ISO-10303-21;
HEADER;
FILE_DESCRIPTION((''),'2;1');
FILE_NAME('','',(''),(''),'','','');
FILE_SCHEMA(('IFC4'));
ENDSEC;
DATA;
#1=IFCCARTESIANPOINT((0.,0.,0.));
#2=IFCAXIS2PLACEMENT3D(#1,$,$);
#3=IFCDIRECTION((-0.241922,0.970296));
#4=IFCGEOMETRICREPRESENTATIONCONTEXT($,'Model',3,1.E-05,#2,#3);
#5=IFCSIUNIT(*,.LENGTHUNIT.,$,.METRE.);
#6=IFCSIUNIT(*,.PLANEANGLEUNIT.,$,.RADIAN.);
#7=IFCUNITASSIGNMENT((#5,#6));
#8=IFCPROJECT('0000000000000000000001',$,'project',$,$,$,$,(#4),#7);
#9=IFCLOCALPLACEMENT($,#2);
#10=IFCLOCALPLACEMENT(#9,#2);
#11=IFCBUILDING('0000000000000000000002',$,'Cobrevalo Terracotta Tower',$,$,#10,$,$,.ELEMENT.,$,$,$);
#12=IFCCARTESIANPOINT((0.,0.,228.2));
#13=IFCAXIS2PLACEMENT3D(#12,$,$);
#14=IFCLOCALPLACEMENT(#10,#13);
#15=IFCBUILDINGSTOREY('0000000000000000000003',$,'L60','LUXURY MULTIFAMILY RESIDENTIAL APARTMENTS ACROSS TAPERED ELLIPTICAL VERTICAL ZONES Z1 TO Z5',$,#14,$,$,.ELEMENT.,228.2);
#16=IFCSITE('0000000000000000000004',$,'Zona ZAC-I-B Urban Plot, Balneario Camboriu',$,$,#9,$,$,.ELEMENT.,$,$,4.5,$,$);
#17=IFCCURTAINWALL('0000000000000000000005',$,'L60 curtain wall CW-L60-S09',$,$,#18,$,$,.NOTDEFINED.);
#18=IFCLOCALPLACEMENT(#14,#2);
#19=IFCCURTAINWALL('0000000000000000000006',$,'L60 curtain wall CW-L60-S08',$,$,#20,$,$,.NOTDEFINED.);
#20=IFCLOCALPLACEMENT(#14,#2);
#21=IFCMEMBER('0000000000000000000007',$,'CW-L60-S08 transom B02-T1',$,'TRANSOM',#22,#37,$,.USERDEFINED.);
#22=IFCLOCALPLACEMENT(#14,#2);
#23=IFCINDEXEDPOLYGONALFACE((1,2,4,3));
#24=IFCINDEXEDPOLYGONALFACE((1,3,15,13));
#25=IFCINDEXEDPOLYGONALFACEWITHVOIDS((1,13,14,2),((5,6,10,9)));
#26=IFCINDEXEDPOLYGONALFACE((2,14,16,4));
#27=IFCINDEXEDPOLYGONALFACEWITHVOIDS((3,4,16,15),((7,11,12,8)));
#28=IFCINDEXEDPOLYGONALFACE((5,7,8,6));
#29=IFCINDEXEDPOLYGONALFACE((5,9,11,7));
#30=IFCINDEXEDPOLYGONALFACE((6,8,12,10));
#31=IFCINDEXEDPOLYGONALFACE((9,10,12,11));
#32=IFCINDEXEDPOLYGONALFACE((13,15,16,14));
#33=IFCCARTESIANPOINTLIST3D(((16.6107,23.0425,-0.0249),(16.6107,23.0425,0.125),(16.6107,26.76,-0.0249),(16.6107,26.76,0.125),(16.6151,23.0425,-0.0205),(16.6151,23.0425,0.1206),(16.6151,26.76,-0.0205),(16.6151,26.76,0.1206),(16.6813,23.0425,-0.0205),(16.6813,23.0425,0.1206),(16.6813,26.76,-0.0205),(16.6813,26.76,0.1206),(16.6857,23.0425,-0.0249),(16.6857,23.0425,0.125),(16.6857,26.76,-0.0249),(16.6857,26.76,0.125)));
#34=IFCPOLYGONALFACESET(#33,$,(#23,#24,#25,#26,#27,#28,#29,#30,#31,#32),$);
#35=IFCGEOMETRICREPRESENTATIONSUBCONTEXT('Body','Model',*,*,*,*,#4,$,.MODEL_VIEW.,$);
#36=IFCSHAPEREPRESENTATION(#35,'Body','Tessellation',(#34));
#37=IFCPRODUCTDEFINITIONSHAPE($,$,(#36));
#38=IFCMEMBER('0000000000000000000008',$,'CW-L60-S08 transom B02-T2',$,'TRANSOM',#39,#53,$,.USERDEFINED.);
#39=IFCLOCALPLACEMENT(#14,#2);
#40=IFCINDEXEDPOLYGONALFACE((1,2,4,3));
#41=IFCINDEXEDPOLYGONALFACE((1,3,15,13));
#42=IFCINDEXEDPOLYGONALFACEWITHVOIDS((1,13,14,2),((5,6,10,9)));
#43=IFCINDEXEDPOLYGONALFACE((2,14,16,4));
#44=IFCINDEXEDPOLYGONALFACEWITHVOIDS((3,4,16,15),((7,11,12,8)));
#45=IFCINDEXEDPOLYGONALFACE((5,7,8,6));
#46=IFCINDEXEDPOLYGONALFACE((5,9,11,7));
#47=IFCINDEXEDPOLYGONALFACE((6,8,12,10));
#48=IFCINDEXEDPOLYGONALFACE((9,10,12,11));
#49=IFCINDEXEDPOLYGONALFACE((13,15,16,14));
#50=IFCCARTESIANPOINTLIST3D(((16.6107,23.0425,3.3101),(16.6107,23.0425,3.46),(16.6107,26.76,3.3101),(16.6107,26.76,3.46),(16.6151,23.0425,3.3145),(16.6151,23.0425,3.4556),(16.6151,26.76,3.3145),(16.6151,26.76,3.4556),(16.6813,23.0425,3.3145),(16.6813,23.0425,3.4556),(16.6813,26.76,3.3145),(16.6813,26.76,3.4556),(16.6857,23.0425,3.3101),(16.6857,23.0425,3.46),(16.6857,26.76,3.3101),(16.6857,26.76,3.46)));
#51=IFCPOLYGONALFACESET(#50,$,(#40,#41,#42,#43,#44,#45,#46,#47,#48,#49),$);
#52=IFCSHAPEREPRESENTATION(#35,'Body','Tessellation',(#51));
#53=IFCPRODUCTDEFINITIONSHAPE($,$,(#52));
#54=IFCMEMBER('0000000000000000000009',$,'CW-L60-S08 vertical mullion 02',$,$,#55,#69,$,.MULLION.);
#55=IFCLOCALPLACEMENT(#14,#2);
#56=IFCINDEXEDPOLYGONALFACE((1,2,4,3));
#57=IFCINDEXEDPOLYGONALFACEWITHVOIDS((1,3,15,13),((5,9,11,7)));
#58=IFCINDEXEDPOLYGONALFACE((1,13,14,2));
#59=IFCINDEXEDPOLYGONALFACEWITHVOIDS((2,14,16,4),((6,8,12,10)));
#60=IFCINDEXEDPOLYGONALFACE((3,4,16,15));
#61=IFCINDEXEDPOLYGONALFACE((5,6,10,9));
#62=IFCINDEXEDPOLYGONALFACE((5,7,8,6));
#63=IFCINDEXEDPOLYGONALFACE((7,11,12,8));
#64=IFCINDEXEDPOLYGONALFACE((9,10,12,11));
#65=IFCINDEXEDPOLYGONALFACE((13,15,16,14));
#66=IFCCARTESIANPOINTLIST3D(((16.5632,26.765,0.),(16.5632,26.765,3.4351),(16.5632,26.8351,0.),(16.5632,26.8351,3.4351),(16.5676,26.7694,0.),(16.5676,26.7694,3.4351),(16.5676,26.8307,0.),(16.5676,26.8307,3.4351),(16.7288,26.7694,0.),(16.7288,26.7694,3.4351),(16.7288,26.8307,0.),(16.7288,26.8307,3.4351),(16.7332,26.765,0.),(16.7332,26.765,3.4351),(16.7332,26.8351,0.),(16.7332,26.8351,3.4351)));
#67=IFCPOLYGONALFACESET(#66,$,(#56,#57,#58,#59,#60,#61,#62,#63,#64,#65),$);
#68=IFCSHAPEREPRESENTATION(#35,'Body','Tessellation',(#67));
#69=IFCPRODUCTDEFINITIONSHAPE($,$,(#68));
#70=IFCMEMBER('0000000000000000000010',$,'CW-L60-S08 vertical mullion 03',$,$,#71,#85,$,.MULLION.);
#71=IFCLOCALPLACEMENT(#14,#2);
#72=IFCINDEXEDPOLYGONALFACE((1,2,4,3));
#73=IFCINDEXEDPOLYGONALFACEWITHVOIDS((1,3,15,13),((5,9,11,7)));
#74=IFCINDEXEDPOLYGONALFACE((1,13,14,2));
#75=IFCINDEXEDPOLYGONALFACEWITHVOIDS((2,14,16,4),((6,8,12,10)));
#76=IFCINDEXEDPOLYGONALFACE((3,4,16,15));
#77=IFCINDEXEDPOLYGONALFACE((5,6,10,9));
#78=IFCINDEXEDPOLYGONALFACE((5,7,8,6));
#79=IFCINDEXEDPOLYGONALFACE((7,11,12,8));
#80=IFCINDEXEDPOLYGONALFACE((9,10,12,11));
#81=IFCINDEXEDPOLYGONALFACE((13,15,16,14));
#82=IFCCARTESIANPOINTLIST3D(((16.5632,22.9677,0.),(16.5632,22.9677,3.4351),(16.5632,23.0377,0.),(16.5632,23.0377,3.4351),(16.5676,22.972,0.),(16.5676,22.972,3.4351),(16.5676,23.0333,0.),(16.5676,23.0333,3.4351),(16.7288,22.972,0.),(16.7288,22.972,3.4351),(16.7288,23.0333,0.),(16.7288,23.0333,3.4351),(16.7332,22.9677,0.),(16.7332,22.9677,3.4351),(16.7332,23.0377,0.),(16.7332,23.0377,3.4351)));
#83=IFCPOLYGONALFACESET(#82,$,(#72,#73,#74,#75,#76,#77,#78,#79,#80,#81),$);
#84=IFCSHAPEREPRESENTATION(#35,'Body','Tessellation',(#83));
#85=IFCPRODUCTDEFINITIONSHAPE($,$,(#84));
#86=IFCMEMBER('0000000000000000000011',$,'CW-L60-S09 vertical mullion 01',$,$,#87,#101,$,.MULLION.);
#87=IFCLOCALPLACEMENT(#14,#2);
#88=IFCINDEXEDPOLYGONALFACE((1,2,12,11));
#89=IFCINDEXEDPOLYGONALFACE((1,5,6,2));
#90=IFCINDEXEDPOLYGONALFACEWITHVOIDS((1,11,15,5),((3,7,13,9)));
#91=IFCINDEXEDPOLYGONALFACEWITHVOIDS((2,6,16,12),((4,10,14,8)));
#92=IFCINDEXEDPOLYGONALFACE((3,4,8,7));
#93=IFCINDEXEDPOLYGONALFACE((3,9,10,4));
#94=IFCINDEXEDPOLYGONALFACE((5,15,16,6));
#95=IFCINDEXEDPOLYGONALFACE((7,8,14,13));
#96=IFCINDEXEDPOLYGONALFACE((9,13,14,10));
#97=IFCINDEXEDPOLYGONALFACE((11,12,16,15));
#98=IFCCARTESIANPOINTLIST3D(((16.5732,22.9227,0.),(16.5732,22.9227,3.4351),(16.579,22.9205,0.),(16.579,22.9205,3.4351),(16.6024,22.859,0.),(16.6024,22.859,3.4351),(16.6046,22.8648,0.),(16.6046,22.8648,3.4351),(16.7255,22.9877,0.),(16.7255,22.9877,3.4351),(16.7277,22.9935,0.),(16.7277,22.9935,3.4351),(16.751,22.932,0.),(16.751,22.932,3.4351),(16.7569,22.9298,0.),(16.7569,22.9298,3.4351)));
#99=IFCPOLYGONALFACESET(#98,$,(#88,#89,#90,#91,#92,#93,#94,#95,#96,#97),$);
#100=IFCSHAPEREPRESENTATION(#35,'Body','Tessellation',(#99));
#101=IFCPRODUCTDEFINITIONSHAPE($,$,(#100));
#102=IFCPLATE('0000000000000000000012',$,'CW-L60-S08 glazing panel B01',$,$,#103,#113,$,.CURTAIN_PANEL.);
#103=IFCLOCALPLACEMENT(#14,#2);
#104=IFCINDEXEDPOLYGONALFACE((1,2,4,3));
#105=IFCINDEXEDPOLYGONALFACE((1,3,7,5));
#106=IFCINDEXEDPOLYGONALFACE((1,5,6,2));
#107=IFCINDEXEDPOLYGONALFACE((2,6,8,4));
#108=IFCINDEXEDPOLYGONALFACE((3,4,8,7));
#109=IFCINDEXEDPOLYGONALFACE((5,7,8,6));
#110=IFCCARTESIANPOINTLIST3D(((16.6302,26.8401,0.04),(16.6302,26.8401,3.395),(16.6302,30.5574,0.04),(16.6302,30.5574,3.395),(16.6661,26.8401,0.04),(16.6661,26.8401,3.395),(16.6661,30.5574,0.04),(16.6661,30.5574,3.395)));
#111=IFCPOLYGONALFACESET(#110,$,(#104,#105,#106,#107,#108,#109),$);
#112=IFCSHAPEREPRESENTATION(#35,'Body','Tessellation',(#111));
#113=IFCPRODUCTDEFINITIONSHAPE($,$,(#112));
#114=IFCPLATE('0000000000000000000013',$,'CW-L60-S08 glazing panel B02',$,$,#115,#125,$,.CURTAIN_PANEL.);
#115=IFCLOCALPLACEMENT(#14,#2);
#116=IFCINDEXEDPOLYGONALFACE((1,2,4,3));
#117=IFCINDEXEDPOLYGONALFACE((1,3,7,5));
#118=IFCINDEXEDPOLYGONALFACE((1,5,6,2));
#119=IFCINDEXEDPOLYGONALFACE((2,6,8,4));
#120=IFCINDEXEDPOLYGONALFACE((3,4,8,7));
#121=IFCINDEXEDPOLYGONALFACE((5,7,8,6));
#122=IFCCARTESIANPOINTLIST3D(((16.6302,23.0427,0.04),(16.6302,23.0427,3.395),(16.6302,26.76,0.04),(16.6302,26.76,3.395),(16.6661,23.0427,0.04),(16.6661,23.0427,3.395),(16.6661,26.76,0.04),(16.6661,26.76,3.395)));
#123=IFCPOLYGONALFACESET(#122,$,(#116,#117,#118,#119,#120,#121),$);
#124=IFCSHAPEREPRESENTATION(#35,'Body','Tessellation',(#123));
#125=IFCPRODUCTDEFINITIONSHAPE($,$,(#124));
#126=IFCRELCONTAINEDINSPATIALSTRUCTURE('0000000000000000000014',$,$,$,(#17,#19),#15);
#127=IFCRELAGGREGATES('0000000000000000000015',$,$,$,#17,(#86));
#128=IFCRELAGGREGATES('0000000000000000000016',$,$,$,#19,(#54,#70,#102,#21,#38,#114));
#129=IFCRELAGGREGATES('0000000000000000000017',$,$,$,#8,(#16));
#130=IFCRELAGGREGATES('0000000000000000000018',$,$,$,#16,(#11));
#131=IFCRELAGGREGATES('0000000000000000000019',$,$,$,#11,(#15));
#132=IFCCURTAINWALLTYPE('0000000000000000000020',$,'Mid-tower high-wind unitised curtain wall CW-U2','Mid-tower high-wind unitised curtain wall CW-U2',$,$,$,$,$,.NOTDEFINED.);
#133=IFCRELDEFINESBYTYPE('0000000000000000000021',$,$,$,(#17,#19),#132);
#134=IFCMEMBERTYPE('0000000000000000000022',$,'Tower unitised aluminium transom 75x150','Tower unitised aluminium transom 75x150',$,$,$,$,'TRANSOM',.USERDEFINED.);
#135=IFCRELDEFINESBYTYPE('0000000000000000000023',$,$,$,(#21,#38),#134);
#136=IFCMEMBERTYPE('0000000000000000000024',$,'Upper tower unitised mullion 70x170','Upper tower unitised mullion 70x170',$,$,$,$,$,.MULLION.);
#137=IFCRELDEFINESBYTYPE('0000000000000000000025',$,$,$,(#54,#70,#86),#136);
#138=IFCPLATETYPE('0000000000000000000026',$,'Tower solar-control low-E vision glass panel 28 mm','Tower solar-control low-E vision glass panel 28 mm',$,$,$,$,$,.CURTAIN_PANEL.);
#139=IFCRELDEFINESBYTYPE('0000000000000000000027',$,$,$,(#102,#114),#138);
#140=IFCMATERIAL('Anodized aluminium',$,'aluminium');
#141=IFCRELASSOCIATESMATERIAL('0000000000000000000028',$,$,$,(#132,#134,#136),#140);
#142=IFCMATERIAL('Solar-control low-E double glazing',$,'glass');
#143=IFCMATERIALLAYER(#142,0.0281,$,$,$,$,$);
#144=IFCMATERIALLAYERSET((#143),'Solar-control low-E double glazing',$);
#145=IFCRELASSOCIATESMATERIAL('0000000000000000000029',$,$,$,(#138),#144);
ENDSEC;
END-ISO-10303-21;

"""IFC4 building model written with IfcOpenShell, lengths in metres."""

from ifc_helpers import new_model, si_unit, direction, frame, origin, origin_2d, place, context, subcontext, project, spatial, rectangle, hollow_rectangle, extrude, source, transform, mapped, material, layer, layer_set, material_profile, profile_set, type_object, element, aggregate, save


model = new_model("IFC4")

# Units and contexts
model_context = context("Model", 3, precision=1e-05, world=origin(), true_north=direction((-0.241922, 0.970296)))
body_context = subcontext(model_context, "Body", "Model", "MODEL_VIEW")
ifc_project = project(units=[si_unit("LENGTHUNIT", "METRE"), si_unit("PLANEANGLEUNIT", "RADIAN")], contexts=[model_context])

# Site, building, storey
site_placement = place(None, origin())
site = spatial("IfcSite", under=ifc_project, at=site_placement, Name="Zona ZAC-I-B Urban Plot, Balneario Camboriu", CompositionType="ELEMENT", RefElevation=4.5)
building_placement = place(site_placement, origin())
building = spatial("IfcBuilding", under=site, at=building_placement, Name="Cobrevalo Terracotta Tower", CompositionType="ELEMENT")
storey_placement = place(building_placement, frame((0.0, 0.0, 228.2)))
storey = spatial("IfcBuildingStorey", under=building, at=storey_placement, Name="L60", Description="LUXURY MULTIFAMILY RESIDENTIAL APARTMENTS ACROSS TAPERED ELLIPTICAL VERTICAL ZONES Z1 TO Z5", CompositionType="ELEMENT", Elevation=228.2)

# Curtain walls, members
ifc_material_1 = material(Name="Anodized aluminium", Category="aluminium")
curtain_wall_type = type_object("IfcCurtainWallType", Name="Mid-tower high-wind unitised curtain wall CW-U2", Description="Mid-tower high-wind unitised curtain wall CW-U2", PredefinedType="NOTDEFINED", material=ifc_material_1)
curtain_wall_1_placement = place(storey_placement, origin())
curtain_wall_1 = element("IfcCurtainWall", 1, at=curtain_wall_1_placement, inside=storey, type_object=curtain_wall_type, Name="L60 curtain wall CW-L60-S09", PredefinedType="NOTDEFINED")
ifc_material_profile_1 = material_profile(ifc_material_1, hollow_rectangle(XDim=0.075, YDim=0.1499, WallThickness=0.0044, at=origin_2d()), Name="CWT 75x150")
ifc_profile_set_1 = profile_set([ifc_material_profile_1], Name="Anodized aluminium")
member_type_1 = type_object("IfcMemberType", Name="Tower unitised aluminium transom 75x150", Description="Tower unitised aluminium transom 75x150", ElementType="TRANSOM", PredefinedType="USERDEFINED", material=ifc_profile_set_1)
curtain_wall_2_placement = place(storey_placement, origin())
curtain_wall_2 = element("IfcCurtainWall", 2, at=curtain_wall_2_placement, inside=storey, type_object=curtain_wall_type, Name="L60 curtain wall CW-L60-S08", PredefinedType="NOTDEFINED")
shared_shape_1 = source(origin(), body_context, "Body", "SweptSolid", [
    extrude(hollow_rectangle(XDim=0.075, YDim=0.1499, WallThickness=0.0044, at=origin_2d()), origin(), (0.0, 0.0, 1.0), 3.7175),
])
member_1_placement = place(storey_placement, frame((16.6482, 26.76, 0.05), z_axis=(0.0, -1.0, 0.0), x_axis=(1.0, 0.0, 0.0)))
member_1 = element("IfcMember", 3, at=member_1_placement, type_object=member_type_1, Name="CW-L60-S08 transom B02-T1", ObjectType="TRANSOM", PredefinedType="USERDEFINED", context=body_context, shape_type="MappedRepresentation", body=[
    mapped(shared_shape_1, transform((0.0, 0.0, 0.0), scale=1.0)),
])
member_2_placement = place(storey_placement, frame((16.6482, 26.76, 3.385), z_axis=(0.0, -1.0, 0.0), x_axis=(1.0, 0.0, 0.0)))
member_2 = element("IfcMember", 4, at=member_2_placement, type_object=member_type_1, Name="CW-L60-S08 transom B02-T2", ObjectType="TRANSOM", PredefinedType="USERDEFINED", context=body_context, shape_type="MappedRepresentation", body=[
    mapped(shared_shape_1, transform((0.0, 0.0, 0.0), scale=1.0)),
])
ifc_material_profile_2 = material_profile(ifc_material_1, hollow_rectangle(XDim=0.0701, YDim=0.1699, WallThickness=0.0044, at=origin_2d()), Name="CWM 70x170")
ifc_profile_set_2 = profile_set([ifc_material_profile_2], Name="Anodized aluminium")
member_type_2 = type_object("IfcMemberType", Name="Upper tower unitised mullion 70x170", Description="Upper tower unitised mullion 70x170", PredefinedType="MULLION", material=ifc_profile_set_2)
shared_shape_2 = source(origin(), body_context, "Body", "SweptSolid", [
    extrude(hollow_rectangle(XDim=0.0701, YDim=0.1699, WallThickness=0.0044, at=origin_2d()), origin(), (0.0, 0.0, 1.0), 3.4351),
])
member_3_placement = place(storey_placement, frame((16.6482, 26.8, 0.0), z_axis=(0.0, 0.0, 1.0), x_axis=(0.0, -1.0, 0.0)))
member_3 = element("IfcMember", 5, at=member_3_placement, type_object=member_type_2, Name="CW-L60-S08 vertical mullion 02", PredefinedType="MULLION", context=body_context, shape_type="MappedRepresentation", body=[
    mapped(shared_shape_2, transform((0.0, 0.0, 0.0), scale=1.0)),
])
member_4_placement = place(storey_placement, frame((16.6482, 23.0027, 0.0), z_axis=(0.0, 0.0, 1.0), x_axis=(0.0, -1.0, 0.0)))
member_4 = element("IfcMember", 6, at=member_4_placement, type_object=member_type_2, Name="CW-L60-S08 vertical mullion 03", PredefinedType="MULLION", context=body_context, shape_type="MappedRepresentation", body=[
    mapped(shared_shape_2, transform((0.0, 0.0, 0.0), scale=1.0)),
])

# Member
member_5_placement = place(storey_placement, frame((16.665, 22.9263, 0.0), z_axis=(0.0, 0.0, 1.0), x_axis=(0.416725, -0.909033, 0.0)))
member_5 = element("IfcMember", 7, at=member_5_placement, type_object=member_type_2, Name="CW-L60-S09 vertical mullion 01", PredefinedType="MULLION", context=body_context, shape_type="MappedRepresentation", body=[
    mapped(shared_shape_2, transform((0.0, 0.0, 0.0), scale=1.0)),
])
aggregate(curtain_wall_1, [member_5])

# Plates
ifc_material_2 = material(Name="Solar-control low-E double glazing", Category="glass")
ifc_layer = layer(ifc_material_2, 0.0281)
ifc_layer_set = layer_set([ifc_layer], Name="Solar-control low-E double glazing")
plate_type = type_object("IfcPlateType", Name="Tower solar-control low-E vision glass panel 28 mm", Description="Tower solar-control low-E vision glass panel 28 mm", PredefinedType="CURTAIN_PANEL", material=ifc_layer_set)
shared_shape_3 = source(origin(), body_context, "Body", "SweptSolid", [
    extrude(rectangle(XDim=3.7173, YDim=0.0359, at=origin_2d()), origin(), (0.0, 0.0, 1.0), 3.355),
])
plate_1_placement = place(storey_placement, frame((16.6482, 28.6987, 0.04), z_axis=(0.0, 0.0, 1.0), x_axis=(0.0, -1.0, 0.0)))
plate_1 = element("IfcPlate", 8, at=plate_1_placement, type_object=plate_type, Name="CW-L60-S08 glazing panel B01", PredefinedType="CURTAIN_PANEL", context=body_context, shape_type="MappedRepresentation", body=[
    mapped(shared_shape_3, transform((0.0, 0.0, 0.0), scale=1.0)),
])
plate_2_placement = place(storey_placement, frame((16.6482, 24.9014, 0.04), z_axis=(0.0, 0.0, 1.0), x_axis=(0.0, -1.0, 0.0)))
plate_2 = element("IfcPlate", 9, at=plate_2_placement, type_object=plate_type, Name="CW-L60-S08 glazing panel B02", PredefinedType="CURTAIN_PANEL", context=body_context, shape_type="MappedRepresentation", body=[
    mapped(shared_shape_3, transform((0.0, 0.0, 0.0), scale=1.0)),
])
aggregate(curtain_wall_2, [member_3, member_4, plate_1, member_1, member_2, plate_2])

save(model, "model.ifc")
